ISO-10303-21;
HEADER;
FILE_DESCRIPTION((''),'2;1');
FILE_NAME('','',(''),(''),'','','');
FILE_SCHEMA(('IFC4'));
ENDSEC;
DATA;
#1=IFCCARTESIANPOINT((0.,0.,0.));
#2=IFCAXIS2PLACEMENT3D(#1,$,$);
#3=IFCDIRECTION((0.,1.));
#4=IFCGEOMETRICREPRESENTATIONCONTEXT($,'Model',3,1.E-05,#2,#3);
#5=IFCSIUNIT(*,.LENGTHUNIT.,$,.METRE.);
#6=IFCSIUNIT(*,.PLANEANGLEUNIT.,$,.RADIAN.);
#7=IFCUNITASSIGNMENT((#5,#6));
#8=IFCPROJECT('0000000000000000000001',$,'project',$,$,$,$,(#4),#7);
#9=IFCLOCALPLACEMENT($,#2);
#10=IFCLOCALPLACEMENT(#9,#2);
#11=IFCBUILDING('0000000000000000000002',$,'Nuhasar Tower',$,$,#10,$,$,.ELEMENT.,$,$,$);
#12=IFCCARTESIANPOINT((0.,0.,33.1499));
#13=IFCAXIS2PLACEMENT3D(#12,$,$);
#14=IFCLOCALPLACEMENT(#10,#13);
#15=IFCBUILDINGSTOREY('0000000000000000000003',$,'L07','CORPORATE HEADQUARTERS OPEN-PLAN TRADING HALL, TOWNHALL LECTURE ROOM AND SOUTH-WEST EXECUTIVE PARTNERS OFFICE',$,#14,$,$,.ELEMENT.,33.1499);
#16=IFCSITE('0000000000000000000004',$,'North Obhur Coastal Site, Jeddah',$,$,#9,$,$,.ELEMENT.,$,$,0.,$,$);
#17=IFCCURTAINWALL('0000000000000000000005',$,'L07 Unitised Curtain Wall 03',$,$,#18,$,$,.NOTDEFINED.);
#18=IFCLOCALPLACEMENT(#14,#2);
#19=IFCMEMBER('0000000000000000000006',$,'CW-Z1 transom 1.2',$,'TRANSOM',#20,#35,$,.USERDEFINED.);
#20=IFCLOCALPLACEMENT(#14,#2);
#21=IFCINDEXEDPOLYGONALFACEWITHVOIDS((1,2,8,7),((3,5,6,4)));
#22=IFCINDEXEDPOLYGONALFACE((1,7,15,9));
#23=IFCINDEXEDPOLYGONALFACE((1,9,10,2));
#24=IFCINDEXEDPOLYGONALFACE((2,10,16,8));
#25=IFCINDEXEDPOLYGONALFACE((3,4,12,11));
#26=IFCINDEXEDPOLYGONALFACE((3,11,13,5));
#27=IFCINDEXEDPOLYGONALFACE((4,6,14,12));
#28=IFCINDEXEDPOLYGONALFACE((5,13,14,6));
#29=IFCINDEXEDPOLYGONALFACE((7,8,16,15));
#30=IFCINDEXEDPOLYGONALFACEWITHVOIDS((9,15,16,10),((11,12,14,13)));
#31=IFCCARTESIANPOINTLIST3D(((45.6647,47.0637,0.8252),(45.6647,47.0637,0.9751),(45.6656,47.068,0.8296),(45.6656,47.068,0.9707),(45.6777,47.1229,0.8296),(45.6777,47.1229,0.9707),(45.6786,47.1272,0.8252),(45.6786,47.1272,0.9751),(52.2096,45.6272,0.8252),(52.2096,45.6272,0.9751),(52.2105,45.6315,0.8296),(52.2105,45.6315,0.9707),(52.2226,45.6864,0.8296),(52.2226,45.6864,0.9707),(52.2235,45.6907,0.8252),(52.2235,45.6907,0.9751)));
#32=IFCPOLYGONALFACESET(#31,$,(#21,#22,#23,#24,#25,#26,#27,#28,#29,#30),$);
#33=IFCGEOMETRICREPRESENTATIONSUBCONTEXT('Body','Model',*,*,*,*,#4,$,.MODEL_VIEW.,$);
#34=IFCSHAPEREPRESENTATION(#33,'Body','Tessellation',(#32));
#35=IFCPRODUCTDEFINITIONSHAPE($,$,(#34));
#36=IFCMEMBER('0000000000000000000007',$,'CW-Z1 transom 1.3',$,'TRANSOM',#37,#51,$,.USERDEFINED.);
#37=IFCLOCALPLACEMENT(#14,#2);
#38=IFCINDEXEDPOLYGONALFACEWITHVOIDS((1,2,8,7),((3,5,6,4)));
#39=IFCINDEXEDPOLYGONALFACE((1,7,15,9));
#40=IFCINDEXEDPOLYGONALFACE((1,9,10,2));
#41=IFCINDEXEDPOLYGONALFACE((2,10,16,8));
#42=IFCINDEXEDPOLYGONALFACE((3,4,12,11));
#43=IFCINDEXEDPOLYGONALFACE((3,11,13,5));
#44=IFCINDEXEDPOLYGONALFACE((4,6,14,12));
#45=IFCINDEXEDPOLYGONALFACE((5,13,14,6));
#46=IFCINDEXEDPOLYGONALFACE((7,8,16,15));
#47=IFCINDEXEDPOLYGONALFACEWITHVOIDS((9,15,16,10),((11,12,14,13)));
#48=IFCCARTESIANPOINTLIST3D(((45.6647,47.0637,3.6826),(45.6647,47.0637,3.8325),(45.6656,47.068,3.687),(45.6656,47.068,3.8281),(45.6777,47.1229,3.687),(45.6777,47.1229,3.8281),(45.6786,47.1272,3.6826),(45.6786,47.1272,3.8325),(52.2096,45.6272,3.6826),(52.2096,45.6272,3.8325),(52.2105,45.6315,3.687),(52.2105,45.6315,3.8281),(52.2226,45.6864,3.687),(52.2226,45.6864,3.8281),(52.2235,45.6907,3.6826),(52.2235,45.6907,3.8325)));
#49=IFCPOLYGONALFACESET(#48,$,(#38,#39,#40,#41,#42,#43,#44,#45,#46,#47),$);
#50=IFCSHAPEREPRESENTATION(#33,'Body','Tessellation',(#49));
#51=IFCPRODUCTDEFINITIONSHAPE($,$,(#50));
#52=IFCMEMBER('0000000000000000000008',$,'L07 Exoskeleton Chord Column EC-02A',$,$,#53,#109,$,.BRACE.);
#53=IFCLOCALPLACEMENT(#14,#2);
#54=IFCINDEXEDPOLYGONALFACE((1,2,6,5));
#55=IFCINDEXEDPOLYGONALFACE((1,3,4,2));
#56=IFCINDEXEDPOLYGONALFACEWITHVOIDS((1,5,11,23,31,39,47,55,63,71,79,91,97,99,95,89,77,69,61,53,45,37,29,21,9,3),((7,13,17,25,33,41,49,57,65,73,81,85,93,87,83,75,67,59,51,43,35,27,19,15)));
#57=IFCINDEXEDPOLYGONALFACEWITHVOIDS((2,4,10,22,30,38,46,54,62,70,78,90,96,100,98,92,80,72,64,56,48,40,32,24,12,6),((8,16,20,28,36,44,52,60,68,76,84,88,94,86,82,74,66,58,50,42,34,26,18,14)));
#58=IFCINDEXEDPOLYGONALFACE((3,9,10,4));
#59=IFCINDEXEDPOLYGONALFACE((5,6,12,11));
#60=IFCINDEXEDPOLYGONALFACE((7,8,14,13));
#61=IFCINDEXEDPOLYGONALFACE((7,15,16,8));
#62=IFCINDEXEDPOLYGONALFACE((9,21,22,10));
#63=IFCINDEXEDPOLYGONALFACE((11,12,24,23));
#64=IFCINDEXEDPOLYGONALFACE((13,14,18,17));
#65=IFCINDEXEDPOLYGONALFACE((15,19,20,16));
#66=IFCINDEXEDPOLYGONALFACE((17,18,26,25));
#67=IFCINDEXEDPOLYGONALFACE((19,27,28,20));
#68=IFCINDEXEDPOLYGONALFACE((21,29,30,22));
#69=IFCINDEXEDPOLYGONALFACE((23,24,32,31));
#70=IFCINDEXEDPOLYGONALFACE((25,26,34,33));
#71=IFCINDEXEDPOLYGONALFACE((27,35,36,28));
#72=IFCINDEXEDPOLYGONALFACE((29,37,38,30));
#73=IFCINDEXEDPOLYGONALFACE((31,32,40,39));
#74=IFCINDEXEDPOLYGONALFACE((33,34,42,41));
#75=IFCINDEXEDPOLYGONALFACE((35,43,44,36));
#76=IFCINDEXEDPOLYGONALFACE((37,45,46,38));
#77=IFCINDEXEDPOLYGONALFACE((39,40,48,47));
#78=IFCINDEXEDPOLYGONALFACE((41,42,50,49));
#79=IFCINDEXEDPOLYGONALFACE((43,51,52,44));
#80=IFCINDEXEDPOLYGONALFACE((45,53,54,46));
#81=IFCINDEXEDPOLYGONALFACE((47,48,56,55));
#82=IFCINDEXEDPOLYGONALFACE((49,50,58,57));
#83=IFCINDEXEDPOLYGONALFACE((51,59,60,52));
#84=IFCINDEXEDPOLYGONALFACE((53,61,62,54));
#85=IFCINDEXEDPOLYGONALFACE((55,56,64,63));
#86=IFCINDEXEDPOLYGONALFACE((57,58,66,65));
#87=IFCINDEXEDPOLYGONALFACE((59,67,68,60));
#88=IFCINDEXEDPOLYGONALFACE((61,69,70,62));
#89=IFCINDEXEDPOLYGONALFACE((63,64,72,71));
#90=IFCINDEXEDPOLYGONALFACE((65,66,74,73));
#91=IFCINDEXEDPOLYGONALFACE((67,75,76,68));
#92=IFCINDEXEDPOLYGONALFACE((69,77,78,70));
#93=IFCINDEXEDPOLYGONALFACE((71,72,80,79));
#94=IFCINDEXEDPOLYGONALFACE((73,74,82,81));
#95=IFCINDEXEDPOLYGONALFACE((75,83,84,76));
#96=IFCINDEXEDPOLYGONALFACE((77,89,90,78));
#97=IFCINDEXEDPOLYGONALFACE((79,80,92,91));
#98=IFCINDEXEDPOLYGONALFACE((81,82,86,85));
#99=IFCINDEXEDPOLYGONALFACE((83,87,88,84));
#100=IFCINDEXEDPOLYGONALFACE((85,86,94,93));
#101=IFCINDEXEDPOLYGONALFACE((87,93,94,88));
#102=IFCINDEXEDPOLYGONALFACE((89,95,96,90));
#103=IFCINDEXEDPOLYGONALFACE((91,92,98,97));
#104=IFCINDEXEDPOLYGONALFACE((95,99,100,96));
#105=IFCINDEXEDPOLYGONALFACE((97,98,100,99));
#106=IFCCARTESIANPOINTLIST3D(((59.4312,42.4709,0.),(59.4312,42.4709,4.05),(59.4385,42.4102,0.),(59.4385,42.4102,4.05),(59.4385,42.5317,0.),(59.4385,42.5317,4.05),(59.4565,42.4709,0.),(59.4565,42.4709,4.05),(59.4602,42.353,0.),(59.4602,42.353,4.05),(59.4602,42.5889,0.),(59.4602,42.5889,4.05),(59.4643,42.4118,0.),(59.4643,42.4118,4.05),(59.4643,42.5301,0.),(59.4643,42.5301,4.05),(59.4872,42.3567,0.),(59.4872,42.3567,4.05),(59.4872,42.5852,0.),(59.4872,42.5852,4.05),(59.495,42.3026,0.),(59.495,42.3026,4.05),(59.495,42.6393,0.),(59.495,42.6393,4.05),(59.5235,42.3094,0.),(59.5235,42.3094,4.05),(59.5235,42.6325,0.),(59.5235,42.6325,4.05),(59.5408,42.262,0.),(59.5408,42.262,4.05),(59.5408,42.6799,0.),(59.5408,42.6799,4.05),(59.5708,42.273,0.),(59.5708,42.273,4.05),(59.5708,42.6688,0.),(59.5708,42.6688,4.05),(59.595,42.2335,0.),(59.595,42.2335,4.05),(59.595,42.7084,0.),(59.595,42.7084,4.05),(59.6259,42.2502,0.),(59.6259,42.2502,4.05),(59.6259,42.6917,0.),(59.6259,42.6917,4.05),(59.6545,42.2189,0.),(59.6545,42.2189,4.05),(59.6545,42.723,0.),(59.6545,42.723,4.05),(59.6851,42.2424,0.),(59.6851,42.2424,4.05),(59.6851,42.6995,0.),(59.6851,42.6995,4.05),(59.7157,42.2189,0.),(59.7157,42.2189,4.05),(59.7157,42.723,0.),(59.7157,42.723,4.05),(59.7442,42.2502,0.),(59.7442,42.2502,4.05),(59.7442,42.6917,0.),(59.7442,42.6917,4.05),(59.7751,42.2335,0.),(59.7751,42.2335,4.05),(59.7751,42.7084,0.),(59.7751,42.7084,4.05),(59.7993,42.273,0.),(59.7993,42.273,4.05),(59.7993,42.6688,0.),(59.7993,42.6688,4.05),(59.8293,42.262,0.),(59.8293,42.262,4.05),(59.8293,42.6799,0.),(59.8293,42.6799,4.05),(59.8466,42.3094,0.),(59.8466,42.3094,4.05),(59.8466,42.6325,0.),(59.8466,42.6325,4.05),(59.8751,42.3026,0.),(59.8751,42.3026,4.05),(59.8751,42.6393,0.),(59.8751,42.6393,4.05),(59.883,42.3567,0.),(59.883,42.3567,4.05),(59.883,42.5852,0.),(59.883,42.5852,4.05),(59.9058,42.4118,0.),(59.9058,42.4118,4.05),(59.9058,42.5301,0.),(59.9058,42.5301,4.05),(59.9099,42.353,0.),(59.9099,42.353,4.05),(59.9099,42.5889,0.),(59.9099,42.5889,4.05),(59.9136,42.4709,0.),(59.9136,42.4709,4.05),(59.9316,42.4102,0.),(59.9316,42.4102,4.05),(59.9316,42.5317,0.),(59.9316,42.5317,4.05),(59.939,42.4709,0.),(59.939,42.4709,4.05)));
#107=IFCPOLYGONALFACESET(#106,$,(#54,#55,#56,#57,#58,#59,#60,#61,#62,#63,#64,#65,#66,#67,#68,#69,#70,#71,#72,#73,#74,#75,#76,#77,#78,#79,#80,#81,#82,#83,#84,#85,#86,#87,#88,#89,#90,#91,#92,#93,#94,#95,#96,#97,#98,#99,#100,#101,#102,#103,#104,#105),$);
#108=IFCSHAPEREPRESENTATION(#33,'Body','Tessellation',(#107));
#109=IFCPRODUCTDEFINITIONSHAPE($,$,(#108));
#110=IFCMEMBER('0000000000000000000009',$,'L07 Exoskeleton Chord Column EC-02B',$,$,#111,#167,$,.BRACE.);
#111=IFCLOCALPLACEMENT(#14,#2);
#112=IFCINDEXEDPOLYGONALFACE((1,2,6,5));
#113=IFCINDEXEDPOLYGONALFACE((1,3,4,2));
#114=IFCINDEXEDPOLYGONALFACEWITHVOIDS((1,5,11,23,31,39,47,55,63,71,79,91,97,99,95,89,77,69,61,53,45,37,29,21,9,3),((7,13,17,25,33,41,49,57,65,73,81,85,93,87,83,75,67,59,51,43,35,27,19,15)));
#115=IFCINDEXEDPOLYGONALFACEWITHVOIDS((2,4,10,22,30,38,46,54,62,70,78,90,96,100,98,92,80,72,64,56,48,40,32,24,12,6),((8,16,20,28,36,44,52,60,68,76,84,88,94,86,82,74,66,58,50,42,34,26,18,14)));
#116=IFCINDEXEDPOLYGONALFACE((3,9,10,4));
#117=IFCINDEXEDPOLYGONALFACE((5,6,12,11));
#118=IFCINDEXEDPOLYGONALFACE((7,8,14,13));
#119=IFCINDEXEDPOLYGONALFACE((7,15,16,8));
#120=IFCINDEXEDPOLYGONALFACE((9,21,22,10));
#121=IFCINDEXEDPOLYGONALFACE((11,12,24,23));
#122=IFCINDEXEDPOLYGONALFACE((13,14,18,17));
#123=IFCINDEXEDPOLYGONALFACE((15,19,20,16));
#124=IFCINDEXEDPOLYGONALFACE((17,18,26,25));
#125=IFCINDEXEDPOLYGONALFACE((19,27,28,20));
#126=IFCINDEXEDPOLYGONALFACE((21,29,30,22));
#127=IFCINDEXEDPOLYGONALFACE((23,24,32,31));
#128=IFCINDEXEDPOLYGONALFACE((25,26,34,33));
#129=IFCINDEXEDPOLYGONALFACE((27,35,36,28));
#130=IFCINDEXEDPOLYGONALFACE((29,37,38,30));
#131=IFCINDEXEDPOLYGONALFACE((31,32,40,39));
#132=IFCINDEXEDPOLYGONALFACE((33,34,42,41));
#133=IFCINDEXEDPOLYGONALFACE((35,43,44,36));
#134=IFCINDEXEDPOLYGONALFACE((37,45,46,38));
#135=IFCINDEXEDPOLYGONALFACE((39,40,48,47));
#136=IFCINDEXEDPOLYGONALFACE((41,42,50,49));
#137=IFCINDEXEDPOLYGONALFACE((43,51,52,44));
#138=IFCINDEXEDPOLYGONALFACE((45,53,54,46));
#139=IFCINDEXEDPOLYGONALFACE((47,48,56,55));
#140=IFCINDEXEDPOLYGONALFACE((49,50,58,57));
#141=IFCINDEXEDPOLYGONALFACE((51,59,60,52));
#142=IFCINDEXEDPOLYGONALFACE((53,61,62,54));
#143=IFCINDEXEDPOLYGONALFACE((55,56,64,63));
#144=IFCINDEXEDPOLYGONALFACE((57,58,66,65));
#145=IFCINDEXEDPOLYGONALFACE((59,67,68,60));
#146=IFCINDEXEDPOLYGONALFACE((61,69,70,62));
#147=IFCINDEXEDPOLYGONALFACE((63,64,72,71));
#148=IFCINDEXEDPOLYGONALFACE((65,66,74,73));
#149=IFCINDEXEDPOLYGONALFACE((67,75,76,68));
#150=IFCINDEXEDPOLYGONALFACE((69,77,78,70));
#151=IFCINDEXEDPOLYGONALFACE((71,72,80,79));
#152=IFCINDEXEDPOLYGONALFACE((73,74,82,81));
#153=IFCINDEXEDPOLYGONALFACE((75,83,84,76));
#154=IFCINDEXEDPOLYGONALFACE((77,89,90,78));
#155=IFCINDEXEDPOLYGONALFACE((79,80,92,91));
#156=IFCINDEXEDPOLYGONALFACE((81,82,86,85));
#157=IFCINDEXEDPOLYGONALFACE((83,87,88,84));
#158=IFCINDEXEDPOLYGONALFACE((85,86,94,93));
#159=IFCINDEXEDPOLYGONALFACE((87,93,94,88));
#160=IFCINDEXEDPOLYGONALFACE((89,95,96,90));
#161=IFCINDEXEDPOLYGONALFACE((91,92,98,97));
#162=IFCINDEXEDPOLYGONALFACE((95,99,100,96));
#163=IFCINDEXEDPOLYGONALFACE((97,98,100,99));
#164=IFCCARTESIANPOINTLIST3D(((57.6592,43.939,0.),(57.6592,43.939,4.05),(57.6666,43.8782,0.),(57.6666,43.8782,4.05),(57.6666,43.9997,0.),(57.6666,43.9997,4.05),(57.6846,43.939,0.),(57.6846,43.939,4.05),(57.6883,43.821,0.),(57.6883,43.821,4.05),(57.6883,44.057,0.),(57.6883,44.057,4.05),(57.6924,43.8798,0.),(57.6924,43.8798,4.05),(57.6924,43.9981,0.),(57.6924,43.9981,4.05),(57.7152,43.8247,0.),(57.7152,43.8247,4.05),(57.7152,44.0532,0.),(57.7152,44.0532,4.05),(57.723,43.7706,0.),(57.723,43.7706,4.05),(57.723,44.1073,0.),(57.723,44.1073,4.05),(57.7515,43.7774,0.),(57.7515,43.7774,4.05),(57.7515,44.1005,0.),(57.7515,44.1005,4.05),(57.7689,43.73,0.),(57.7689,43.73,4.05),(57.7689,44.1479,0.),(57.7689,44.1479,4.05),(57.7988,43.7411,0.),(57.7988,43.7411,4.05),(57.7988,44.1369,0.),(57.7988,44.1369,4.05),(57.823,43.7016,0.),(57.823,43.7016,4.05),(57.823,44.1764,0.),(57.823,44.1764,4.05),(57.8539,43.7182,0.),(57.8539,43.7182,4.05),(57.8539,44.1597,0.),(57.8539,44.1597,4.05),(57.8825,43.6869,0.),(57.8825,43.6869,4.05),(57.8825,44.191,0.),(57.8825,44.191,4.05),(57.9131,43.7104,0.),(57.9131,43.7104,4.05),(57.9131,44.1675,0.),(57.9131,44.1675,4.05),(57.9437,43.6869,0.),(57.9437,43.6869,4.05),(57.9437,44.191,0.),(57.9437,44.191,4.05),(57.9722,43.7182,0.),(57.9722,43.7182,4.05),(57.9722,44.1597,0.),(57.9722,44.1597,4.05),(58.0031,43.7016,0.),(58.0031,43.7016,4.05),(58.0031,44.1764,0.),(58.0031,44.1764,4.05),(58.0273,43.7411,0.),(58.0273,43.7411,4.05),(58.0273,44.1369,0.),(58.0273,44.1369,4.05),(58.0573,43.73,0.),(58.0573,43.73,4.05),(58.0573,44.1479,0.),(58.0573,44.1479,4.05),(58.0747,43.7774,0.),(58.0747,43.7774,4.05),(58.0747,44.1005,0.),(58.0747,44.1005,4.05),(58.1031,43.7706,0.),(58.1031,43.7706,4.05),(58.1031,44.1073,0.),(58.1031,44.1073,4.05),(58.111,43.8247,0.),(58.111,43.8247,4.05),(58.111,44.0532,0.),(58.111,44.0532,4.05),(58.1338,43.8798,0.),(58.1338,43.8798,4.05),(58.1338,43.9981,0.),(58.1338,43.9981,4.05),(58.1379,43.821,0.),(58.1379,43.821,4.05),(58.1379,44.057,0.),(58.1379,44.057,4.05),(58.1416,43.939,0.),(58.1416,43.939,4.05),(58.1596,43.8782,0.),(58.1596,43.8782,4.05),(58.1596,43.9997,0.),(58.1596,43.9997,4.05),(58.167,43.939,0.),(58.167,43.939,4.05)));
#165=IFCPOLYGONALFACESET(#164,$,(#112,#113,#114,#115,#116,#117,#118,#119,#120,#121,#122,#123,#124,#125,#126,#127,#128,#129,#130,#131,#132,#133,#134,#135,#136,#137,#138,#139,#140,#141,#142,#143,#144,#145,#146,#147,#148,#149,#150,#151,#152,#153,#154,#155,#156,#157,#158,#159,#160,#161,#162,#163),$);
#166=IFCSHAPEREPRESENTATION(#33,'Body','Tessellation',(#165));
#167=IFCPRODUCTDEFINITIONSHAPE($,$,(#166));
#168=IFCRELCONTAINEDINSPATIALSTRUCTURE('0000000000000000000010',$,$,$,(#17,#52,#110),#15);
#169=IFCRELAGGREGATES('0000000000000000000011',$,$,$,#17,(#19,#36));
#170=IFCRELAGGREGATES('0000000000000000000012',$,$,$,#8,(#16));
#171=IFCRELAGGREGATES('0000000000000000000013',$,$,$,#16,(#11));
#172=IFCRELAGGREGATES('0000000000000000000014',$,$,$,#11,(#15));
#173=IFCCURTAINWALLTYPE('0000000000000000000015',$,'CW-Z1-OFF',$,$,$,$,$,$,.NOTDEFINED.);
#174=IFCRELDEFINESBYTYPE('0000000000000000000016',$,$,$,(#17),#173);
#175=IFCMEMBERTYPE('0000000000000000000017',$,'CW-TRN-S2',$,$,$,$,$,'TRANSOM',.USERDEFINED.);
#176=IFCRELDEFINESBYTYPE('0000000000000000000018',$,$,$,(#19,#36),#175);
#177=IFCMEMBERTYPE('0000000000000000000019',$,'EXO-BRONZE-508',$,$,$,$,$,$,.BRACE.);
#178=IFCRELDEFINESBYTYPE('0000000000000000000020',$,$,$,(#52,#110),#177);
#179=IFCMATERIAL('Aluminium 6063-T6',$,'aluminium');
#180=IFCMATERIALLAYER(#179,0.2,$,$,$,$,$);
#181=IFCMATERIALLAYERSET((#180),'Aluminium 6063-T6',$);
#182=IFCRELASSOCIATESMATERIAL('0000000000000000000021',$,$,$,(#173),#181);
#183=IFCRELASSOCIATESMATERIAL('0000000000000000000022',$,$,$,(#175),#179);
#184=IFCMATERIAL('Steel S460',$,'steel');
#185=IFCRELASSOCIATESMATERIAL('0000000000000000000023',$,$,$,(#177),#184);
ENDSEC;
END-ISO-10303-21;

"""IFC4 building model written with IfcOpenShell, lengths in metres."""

from ifc_helpers import new_model, si_unit, direction, frame, origin, origin_2d, place, context, subcontext, project, spatial, hollow_rectangle, hollow_circle, extrude, material, layer, layer_set, material_profile, profile_set, type_object, element, aggregate, save


model = new_model("IFC4")

# Units and contexts
model_context = context("Model", 3, precision=1e-05, world=origin(), true_north=direction((0.0, 1.0)))
body_context = subcontext(model_context, "Body", "Model", "MODEL_VIEW")
ifc_project = project(units=[si_unit("LENGTHUNIT", "METRE"), si_unit("PLANEANGLEUNIT", "RADIAN")], contexts=[model_context])

# Site, building, storey
site_placement = place(None, origin())
site = spatial("IfcSite", under=ifc_project, at=site_placement, Name="North Obhur Coastal Site, Jeddah", CompositionType="ELEMENT", RefElevation=0.0)
building_placement = place(site_placement, origin())
building = spatial("IfcBuilding", under=site, at=building_placement, Name="Nuhasar Tower", CompositionType="ELEMENT")
storey_placement = place(building_placement, frame((0.0, 0.0, 33.1499)))
storey = spatial("IfcBuildingStorey", under=building, at=storey_placement, Name="L07", Description="CORPORATE HEADQUARTERS OPEN-PLAN TRADING HALL, TOWNHALL LECTURE ROOM AND SOUTH-WEST EXECUTIVE PARTNERS OFFICE", CompositionType="ELEMENT", Elevation=33.1499)

# Shared definitions
ifc_material_1 = material(Name="Aluminium 6063-T6", Category="aluminium")
ifc_layer_1 = layer(ifc_material_1, 0.2)
ifc_layer_set_1 = layer_set([ifc_layer_1], Name="Aluminium 6063-T6")
curtain_wall_type = type_object("IfcCurtainWallType", Name="CW-Z1-OFF", PredefinedType="NOTDEFINED", material=ifc_layer_set_1)

# Curtain wall
curtain_wall_1_placement = place(storey_placement, origin())
curtain_wall_1 = element("IfcCurtainWall", 1, at=curtain_wall_1_placement, inside=storey, type_object=curtain_wall_type, Name="L07 Unitised Curtain Wall 03", PredefinedType="NOTDEFINED")

# Members
ifc_material_profile_1 = material_profile(ifc_material_1, hollow_rectangle(XDim=0.0649, YDim=0.1499, WallThickness=0.0044, at=origin_2d()), Name="CWT-2")
ifc_profile_set_1 = profile_set([ifc_material_profile_1], Name="Aluminium 6063-T6")
member_type_1 = type_object("IfcMemberType", Name="CW-TRN-S2", ElementType="TRANSOM", PredefinedType="USERDEFINED", material=ifc_profile_set_1)
member_1_placement = place(storey_placement, frame((52.2166, 45.6589, 0.9001), z_axis=(-0.97675, 0.214384, 0.0), x_axis=(-0.214384, -0.97675, 0.0)))
member_1 = element("IfcMember", 2, at=member_1_placement, type_object=member_type_1, Name="CW-Z1 transom 1.2", ObjectType="TRANSOM", PredefinedType="USERDEFINED", context=body_context, shape_type="SweptSolid", body=[
    extrude(hollow_rectangle(XDim=0.0649, YDim=0.1499, WallThickness=0.0044, at=origin_2d()), origin(), (0.0, 0.0, 1.0), 6.7007),
])
member_2_placement = place(storey_placement, frame((52.2166, 45.6589, 3.7576), z_axis=(-0.97675, 0.214384, 0.0), x_axis=(-0.214384, -0.97675, 0.0)))
member_2 = element("IfcMember", 3, at=member_2_placement, type_object=member_type_1, Name="CW-Z1 transom 1.3", ObjectType="TRANSOM", PredefinedType="USERDEFINED", context=body_context, shape_type="SweptSolid", body=[
    extrude(hollow_rectangle(XDim=0.0649, YDim=0.1499, WallThickness=0.0044, at=origin_2d()), origin(), (0.0, 0.0, 1.0), 6.7007),
])

# Members
ifc_material_2 = material(Name="Steel S460", Category="steel")
ifc_material_profile_2 = material_profile(ifc_material_2, hollow_circle(Radius=0.2539, WallThickness=0.0254, at=origin_2d()), Name="HSS508X25.4")
ifc_profile_set_2 = profile_set([ifc_material_profile_2], Name="Steel S460")
member_type_2 = type_object("IfcMemberType", Name="EXO-BRONZE-508", PredefinedType="BRACE", material=ifc_profile_set_2)
for number, where, z_axis, x_axis, name in (
    (4, (59.6851, 42.4709, 0.0), (0.0, 0.0, 1.0), (1.0, 0.0, 0.0), "L07 Exoskeleton Chord Column EC-02A"),
    (5, (57.9131, 43.939, 0.0), (0.0, 0.0, 1.0), (1.0, 0.0, 0.0), "L07 Exoskeleton Chord Column EC-02B"),
):
    element("IfcMember", number, at=place(storey_placement, frame(where, z_axis=z_axis, x_axis=x_axis)), inside=storey, type_object=member_type_2, Name=name, PredefinedType="BRACE", context=body_context, shape_type="SweptSolid", body=[
        extrude(hollow_circle(Radius=0.2539, WallThickness=0.0254, at=origin_2d()), origin(), (0.0, 0.0, 1.0), 4.05),
    ])

aggregate(curtain_wall_1, [member_1, member_2])

save(model, "model.ifc")
